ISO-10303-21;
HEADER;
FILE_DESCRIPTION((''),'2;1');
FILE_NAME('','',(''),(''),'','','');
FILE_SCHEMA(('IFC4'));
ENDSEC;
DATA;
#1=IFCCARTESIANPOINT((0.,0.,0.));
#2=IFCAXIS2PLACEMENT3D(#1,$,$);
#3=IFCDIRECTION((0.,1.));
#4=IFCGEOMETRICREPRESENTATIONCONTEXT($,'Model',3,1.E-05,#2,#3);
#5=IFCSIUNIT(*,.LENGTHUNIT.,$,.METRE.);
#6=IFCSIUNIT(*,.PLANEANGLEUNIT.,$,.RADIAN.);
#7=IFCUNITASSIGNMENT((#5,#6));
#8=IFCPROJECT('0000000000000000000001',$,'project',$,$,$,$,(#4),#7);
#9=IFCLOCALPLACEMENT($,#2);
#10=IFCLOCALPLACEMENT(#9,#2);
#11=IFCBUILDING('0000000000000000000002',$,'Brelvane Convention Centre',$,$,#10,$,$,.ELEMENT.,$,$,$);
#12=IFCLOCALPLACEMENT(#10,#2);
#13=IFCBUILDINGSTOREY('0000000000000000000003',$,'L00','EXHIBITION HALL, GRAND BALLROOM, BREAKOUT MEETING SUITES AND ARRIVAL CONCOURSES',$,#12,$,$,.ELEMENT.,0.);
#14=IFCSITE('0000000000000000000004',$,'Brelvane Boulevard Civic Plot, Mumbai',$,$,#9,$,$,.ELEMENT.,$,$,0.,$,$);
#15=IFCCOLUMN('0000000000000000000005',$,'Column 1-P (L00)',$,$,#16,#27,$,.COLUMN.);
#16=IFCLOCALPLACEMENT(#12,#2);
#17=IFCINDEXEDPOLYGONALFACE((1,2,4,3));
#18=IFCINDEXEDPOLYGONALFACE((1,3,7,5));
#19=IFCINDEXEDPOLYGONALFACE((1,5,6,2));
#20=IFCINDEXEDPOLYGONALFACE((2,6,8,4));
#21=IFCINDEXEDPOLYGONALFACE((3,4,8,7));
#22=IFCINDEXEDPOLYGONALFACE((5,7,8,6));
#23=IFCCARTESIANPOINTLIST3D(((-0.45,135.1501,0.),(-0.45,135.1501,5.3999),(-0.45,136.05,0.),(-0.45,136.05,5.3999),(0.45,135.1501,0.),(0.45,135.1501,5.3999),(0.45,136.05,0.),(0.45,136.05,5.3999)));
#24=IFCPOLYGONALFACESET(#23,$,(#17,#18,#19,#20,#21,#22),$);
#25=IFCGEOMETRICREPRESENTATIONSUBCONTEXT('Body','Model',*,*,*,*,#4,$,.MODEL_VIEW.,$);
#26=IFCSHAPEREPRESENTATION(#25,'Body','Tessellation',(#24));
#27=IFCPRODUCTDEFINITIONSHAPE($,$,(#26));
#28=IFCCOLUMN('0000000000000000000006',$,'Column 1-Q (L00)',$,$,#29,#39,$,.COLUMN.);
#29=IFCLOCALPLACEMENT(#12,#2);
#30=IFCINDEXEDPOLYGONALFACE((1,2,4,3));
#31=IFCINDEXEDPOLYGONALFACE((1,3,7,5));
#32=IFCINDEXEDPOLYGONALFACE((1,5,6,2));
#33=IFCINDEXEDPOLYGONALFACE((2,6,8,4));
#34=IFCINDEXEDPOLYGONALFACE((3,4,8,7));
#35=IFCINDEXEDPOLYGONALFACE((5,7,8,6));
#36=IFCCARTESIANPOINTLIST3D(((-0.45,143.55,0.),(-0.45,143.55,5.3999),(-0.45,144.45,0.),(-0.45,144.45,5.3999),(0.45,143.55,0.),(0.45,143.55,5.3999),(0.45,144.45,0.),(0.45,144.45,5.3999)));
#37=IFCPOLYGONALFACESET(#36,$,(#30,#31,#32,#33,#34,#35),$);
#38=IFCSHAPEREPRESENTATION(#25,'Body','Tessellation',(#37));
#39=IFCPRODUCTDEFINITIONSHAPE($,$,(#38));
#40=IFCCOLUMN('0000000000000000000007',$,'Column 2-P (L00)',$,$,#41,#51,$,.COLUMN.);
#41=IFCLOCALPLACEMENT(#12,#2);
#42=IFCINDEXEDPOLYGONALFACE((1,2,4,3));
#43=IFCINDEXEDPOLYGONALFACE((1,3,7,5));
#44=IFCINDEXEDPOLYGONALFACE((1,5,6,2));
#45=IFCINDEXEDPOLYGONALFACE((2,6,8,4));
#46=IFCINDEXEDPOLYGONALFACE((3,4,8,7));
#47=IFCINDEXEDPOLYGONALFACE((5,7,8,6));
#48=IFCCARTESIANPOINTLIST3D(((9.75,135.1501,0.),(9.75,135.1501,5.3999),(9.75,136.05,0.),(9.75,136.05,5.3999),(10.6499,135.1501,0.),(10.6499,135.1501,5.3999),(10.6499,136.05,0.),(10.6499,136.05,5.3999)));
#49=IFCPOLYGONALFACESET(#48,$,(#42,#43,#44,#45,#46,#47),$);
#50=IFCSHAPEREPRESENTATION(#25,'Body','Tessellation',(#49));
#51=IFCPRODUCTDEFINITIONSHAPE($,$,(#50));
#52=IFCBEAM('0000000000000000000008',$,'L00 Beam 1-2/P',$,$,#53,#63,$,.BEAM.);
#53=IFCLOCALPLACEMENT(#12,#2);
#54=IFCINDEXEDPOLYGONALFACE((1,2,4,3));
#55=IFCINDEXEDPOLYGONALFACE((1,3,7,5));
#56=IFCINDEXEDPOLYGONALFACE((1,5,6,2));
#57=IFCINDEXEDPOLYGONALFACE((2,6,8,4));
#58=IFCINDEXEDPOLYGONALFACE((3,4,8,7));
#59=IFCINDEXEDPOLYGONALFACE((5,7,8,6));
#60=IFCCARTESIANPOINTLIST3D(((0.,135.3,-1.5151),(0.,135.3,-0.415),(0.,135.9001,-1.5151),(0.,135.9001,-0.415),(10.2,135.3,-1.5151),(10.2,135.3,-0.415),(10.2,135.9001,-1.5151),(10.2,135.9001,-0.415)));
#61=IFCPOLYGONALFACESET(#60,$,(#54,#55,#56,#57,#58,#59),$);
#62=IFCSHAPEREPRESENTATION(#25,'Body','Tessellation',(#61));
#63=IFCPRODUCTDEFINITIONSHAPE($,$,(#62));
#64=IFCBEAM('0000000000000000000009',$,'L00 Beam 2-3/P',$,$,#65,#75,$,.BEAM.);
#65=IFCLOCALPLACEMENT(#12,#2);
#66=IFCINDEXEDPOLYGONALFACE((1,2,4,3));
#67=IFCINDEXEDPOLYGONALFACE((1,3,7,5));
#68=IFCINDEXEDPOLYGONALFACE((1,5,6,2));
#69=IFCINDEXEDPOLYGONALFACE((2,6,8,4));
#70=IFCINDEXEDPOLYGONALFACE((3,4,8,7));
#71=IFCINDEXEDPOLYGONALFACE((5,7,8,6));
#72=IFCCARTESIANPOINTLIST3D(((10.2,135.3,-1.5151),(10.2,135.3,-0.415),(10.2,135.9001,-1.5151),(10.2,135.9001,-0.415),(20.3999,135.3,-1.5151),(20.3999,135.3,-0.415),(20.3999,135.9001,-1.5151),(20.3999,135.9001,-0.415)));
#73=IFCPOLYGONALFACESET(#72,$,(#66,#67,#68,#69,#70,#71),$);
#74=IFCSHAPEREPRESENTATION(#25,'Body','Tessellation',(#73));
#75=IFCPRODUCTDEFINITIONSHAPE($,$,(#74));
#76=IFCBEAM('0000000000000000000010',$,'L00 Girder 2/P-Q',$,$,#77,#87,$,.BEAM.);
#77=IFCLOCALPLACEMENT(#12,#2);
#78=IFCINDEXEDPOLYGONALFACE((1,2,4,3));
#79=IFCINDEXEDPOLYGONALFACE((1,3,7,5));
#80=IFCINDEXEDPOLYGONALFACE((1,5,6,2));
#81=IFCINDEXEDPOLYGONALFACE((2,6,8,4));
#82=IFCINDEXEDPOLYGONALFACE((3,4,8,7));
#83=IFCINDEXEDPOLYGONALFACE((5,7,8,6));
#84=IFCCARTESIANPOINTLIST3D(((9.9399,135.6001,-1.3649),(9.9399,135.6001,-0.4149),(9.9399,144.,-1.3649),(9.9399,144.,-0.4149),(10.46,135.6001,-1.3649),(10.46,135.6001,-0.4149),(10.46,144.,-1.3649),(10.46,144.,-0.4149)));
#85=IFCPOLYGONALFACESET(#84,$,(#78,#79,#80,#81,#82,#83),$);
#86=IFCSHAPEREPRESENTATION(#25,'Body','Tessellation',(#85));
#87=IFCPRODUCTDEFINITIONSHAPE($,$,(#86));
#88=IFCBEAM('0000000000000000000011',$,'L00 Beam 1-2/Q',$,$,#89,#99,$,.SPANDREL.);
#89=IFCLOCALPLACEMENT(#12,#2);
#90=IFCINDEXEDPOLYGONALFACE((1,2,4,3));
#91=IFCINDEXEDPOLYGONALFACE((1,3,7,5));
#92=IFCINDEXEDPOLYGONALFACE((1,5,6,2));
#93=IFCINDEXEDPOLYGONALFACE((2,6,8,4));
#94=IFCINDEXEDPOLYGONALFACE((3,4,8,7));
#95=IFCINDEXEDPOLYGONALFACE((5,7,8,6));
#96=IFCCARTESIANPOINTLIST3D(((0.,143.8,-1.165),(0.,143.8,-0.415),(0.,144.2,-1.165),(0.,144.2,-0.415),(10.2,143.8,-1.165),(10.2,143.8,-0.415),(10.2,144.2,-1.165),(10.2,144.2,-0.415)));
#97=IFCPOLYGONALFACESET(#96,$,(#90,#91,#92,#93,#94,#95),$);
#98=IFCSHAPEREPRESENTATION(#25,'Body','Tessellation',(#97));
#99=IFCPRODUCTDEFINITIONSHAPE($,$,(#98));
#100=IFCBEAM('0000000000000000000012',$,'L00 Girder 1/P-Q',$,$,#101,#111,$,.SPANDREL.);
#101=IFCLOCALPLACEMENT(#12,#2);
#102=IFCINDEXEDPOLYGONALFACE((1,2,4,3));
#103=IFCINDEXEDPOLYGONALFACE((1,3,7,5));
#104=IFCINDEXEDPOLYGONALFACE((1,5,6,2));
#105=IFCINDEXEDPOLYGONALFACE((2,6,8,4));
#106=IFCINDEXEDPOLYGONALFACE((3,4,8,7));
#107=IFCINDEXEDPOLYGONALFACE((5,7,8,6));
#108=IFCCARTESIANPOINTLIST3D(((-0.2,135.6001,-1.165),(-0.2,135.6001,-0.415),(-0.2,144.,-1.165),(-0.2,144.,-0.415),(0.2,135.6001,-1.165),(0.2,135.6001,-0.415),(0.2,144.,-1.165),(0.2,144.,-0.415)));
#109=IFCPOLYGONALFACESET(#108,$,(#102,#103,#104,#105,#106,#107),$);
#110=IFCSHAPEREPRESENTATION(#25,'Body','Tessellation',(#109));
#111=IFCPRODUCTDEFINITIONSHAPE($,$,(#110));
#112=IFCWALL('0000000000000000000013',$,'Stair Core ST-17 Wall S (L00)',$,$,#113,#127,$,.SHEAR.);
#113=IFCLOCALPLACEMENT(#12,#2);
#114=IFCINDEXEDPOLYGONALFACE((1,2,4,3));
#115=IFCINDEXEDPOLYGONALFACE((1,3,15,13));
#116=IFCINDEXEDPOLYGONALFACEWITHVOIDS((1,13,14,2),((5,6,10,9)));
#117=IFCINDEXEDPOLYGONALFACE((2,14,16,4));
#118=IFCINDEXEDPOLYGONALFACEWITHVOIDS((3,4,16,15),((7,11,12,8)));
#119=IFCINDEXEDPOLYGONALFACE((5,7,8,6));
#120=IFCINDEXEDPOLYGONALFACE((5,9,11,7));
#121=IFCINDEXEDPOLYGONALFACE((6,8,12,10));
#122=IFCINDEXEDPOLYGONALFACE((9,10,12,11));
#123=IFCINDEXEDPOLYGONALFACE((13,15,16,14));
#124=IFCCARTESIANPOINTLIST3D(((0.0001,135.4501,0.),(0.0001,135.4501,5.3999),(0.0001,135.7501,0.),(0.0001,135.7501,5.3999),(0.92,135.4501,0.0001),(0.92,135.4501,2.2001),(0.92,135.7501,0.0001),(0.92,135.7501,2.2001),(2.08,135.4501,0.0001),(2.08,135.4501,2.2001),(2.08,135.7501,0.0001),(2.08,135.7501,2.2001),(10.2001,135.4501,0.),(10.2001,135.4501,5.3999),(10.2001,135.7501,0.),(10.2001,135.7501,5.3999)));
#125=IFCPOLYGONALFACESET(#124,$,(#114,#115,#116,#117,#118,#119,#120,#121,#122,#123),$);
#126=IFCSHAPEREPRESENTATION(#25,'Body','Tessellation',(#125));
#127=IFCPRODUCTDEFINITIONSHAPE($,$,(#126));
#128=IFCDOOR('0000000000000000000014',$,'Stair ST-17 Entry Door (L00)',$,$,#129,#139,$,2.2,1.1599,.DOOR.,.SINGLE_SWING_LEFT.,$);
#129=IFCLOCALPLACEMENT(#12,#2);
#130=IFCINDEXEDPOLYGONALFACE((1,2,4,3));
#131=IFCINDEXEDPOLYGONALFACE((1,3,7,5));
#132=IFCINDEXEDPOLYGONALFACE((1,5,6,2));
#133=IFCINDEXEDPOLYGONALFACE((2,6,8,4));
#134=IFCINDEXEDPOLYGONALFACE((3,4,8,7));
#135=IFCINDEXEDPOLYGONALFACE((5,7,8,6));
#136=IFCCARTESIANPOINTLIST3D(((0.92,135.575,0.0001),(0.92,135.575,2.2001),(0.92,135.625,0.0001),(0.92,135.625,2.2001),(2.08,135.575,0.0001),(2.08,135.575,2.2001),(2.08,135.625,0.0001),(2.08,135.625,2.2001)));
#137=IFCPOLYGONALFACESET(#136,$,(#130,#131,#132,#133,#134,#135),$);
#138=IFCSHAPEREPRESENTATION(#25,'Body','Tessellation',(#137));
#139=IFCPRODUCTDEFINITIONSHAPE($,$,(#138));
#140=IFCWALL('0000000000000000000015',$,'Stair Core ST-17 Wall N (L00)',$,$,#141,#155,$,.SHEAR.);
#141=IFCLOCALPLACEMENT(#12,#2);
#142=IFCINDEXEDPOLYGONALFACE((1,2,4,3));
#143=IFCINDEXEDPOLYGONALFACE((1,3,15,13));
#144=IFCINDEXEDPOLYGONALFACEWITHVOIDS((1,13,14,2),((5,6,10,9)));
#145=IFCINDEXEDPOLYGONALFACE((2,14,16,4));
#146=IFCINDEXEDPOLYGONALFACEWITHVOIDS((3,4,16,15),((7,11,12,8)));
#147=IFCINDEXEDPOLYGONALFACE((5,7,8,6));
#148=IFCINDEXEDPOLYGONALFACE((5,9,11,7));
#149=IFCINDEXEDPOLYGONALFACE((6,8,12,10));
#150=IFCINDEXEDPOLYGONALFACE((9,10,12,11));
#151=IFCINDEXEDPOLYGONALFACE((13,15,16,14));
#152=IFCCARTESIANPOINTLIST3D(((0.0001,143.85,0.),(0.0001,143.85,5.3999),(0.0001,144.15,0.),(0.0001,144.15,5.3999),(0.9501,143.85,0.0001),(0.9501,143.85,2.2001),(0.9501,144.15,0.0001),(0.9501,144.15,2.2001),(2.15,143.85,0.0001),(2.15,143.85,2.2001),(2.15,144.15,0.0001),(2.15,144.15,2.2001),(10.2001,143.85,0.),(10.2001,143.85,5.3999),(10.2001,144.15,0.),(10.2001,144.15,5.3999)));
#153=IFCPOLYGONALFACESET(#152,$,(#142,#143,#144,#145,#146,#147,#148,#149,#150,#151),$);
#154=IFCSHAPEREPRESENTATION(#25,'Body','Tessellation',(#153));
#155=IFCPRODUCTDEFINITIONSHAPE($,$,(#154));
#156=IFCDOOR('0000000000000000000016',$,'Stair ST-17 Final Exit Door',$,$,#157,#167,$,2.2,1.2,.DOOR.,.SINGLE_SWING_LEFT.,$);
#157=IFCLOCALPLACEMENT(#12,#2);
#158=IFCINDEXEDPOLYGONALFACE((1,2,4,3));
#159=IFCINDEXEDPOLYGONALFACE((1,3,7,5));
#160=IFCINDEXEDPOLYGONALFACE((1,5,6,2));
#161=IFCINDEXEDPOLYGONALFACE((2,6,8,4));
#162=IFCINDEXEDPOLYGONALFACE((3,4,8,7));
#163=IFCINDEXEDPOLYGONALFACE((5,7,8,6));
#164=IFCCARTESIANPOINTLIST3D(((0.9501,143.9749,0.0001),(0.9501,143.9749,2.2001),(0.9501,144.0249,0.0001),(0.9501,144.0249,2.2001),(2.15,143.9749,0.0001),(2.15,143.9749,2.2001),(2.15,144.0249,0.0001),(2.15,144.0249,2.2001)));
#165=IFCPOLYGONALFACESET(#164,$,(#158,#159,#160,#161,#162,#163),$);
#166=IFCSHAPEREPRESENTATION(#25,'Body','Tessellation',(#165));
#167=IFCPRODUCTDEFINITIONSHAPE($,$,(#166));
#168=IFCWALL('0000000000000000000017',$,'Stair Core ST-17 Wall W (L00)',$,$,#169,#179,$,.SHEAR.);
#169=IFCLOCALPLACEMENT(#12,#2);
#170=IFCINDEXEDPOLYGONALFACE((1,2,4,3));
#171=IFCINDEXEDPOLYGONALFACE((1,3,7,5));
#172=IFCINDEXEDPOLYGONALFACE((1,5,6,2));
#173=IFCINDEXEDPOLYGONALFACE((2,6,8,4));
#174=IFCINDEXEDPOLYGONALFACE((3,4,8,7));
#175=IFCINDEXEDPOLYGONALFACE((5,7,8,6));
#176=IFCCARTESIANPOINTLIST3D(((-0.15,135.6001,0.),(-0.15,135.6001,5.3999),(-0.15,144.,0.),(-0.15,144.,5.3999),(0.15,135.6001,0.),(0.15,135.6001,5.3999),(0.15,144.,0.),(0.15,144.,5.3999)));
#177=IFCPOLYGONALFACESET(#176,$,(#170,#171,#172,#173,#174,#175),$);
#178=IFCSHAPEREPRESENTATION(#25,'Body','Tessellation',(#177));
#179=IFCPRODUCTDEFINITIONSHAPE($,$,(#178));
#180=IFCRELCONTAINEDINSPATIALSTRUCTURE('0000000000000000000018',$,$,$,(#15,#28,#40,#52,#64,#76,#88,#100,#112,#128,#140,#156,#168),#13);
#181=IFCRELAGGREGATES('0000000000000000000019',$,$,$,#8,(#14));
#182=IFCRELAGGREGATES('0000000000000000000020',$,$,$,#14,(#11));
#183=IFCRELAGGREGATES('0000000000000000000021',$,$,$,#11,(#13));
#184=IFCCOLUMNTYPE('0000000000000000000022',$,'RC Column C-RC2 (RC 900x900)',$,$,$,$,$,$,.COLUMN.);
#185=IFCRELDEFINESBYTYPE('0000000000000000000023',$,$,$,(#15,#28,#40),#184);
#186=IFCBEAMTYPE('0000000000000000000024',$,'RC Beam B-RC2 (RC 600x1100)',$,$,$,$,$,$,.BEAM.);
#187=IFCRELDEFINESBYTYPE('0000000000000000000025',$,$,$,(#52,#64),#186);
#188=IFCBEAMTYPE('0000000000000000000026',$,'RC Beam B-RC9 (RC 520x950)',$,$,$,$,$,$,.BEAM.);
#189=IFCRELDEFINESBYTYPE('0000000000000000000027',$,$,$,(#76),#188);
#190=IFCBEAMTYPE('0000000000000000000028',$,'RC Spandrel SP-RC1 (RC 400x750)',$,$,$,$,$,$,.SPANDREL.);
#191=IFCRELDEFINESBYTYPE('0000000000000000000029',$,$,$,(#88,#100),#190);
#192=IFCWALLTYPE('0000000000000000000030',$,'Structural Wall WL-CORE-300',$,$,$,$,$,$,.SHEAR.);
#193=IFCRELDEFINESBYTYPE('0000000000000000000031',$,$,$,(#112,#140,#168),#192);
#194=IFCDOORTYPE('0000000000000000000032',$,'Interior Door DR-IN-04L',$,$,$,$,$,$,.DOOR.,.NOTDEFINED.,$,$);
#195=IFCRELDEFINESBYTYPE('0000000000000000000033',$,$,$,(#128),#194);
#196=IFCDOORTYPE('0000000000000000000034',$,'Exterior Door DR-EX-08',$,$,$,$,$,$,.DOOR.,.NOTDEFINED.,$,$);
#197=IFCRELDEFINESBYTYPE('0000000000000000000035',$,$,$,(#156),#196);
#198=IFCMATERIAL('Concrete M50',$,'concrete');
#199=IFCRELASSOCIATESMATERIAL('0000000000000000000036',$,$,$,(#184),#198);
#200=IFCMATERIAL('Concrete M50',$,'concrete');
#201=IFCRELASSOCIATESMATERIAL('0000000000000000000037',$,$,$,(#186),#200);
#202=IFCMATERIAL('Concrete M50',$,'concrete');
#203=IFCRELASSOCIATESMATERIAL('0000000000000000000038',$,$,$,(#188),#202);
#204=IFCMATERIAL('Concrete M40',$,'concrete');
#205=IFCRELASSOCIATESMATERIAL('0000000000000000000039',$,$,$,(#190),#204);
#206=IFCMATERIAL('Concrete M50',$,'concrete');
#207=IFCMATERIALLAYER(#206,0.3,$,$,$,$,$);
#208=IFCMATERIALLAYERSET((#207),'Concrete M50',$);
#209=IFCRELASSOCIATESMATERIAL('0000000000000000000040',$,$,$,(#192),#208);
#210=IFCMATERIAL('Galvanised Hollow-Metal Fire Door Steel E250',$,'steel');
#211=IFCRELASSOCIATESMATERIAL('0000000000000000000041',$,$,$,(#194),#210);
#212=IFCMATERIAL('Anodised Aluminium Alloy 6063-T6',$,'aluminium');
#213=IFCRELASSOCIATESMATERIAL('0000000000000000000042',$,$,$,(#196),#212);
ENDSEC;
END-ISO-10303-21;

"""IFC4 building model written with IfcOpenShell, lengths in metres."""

from ifc_helpers import new_model, si_unit, direction, frame, frame_2d, origin, origin_2d, place, context, subcontext, project, spatial, rectangle, extrude, material, layer, layer_set, material_profile, profile_set, type_object, element, fill, save


model = new_model("IFC4")

# Units and contexts
model_context = context("Model", 3, precision=1e-05, world=origin(), true_north=direction((0.0, 1.0)))
body_context = subcontext(model_context, "Body", "Model", "MODEL_VIEW")
ifc_project = project(units=[si_unit("LENGTHUNIT", "METRE"), si_unit("PLANEANGLEUNIT", "RADIAN")], contexts=[model_context])

# Site, building, storey
site_placement = place(None, origin())
site = spatial("IfcSite", under=ifc_project, at=site_placement, Name="Brelvane Boulevard Civic Plot, Mumbai", CompositionType="ELEMENT", RefElevation=0.0)
building_placement = place(site_placement, origin())
building = spatial("IfcBuilding", under=site, at=building_placement, Name="Brelvane Convention Centre", CompositionType="ELEMENT")
storey_placement = place(building_placement, origin())
storey = spatial("IfcBuildingStorey", under=building, at=storey_placement, Name="L00", Description="EXHIBITION HALL, GRAND BALLROOM, BREAKOUT MEETING SUITES AND ARRIVAL CONCOURSES", CompositionType="ELEMENT", Elevation=0.0)

# Columns
ifc_material_1 = material(Name="Concrete M50", Category="concrete")
ifc_material_profile_1 = material_profile(ifc_material_1, rectangle(XDim=0.8999, YDim=0.8999, at=origin_2d()), Name="RC 900x900")
ifc_profile_set_1 = profile_set([ifc_material_profile_1], Name="Concrete M50")
column_type = type_object("IfcColumnType", Name="RC Column C-RC2 (RC 900x900)", PredefinedType="COLUMN", material=ifc_profile_set_1)
for number, where, z_axis, x_axis, name in (
    (1, (0.0, 135.6001, 0.0), (0.0, 0.0, 1.0), (1.0, 0.0, 0.0), "Column 1-P (L00)"),
    (2, (0.0, 144.0, 0.0), (0.0, 0.0, 1.0), (1.0, 0.0, 0.0), "Column 1-Q (L00)"),
    (3, (10.2, 135.6001, 0.0), (0.0, 0.0, 1.0), (1.0, 0.0, 0.0), "Column 2-P (L00)"),
):
    element("IfcColumn", number, at=place(storey_placement, frame(where, z_axis=z_axis, x_axis=x_axis)), inside=storey, type_object=column_type, Name=name, PredefinedType="COLUMN", context=body_context, shape_type="SweptSolid", body=[
        extrude(rectangle(XDim=0.8999, YDim=0.8999, at=origin_2d()), origin(), (0.0, 0.0, 1.0), 5.3999),
    ])

# Beams
ifc_material_2 = material(Name="Concrete M50", Category="concrete")
ifc_material_profile_2 = material_profile(ifc_material_2, rectangle(XDim=0.6001, YDim=1.1001, at=origin_2d()), Name="RC 600x1100")
ifc_profile_set_2 = profile_set([ifc_material_profile_2], Name="Concrete M50")
beam_type_1 = type_object("IfcBeamType", Name="RC Beam B-RC2 (RC 600x1100)", PredefinedType="BEAM", material=ifc_profile_set_2)
for number, where, z_axis, x_axis, name in (
    (4, (0.0, 135.6001, -0.9651), (1.0, 0.0, 0.0), (0.0, 1.0, 0.0), "L00 Beam 1-2/P"),
    (5, (10.2, 135.6001, -0.9651), (1.0, 0.0, 0.0), (0.0, 1.0, 0.0), "L00 Beam 2-3/P"),
):
    element("IfcBeam", number, at=place(storey_placement, frame(where, z_axis=z_axis, x_axis=x_axis)), inside=storey, type_object=beam_type_1, Name=name, PredefinedType="BEAM", context=body_context, shape_type="SweptSolid", body=[
        extrude(rectangle(XDim=0.6001, YDim=1.1001, at=origin_2d()), origin(), (0.0, 0.0, 1.0), 10.2),
    ])
ifc_material_3 = material(Name="Concrete M50", Category="concrete")
ifc_material_profile_3 = material_profile(ifc_material_3, rectangle(XDim=0.52, YDim=0.95, at=origin_2d()), Name="RC 520x950")
ifc_profile_set_3 = profile_set([ifc_material_profile_3], Name="Concrete M50")
beam_type_2 = type_object("IfcBeamType", Name="RC Beam B-RC9 (RC 520x950)", PredefinedType="BEAM", material=ifc_profile_set_3)
beam_1_placement = place(storey_placement, frame((10.2, 135.6001, -0.8899), z_axis=(0.0, 1.0, 0.0), x_axis=(-1.0, 0.0, 0.0)))
element("IfcBeam", 6, at=beam_1_placement, inside=storey, type_object=beam_type_2, Name="L00 Girder 2/P-Q", PredefinedType="BEAM", context=body_context, shape_type="SweptSolid", body=[
    extrude(rectangle(XDim=0.52, YDim=0.95, at=origin_2d()), origin(), (0.0, 0.0, 1.0), 8.3999),
])
ifc_material_4 = material(Name="Concrete M40", Category="concrete")
ifc_material_profile_4 = material_profile(ifc_material_4, rectangle(XDim=0.3999, YDim=0.75, at=origin_2d()), Name="RC 400x750")
ifc_profile_set_4 = profile_set([ifc_material_profile_4], Name="Concrete M40")
beam_type_3 = type_object("IfcBeamType", Name="RC Spandrel SP-RC1 (RC 400x750)", PredefinedType="SPANDREL", material=ifc_profile_set_4)
beam_2_placement = place(storey_placement, frame((0.0, 144.0, -0.79), z_axis=(1.0, 0.0, 0.0), x_axis=(0.0, 1.0, 0.0)))
element("IfcBeam", 7, at=beam_2_placement, inside=storey, type_object=beam_type_3, Name="L00 Beam 1-2/Q", PredefinedType="SPANDREL", context=body_context, shape_type="SweptSolid", body=[
    extrude(rectangle(XDim=0.3999, YDim=0.75, at=origin_2d()), origin(), (0.0, 0.0, 1.0), 10.2),
])
beam_3_placement = place(storey_placement, frame((0.0, 135.6001, -0.79), z_axis=(0.0, 1.0, 0.0), x_axis=(-1.0, 0.0, 0.0)))
element("IfcBeam", 8, at=beam_3_placement, inside=storey, type_object=beam_type_3, Name="L00 Girder 1/P-Q", PredefinedType="SPANDREL", context=body_context, shape_type="SweptSolid", body=[
    extrude(rectangle(XDim=0.3999, YDim=0.75, at=origin_2d()), origin(), (0.0, 0.0, 1.0), 8.3999),
])

# Walls, openings, doors
ifc_material_5 = material(Name="Concrete M50", Category="concrete")
ifc_layer = layer(ifc_material_5, 0.3)
ifc_layer_set = layer_set([ifc_layer], Name="Concrete M50")
wall_type = type_object("IfcWallType", Name="Structural Wall WL-CORE-300", PredefinedType="SHEAR", material=ifc_layer_set)
wall_1_placement = place(storey_placement, frame((0.0, 135.6001, 0.0), z_axis=(0.0, 0.0, 1.0), x_axis=(1.0, 0.0, 0.0)))
wall_1 = element("IfcWall", 9, at=wall_1_placement, inside=storey, type_object=wall_type, Name="Stair Core ST-17 Wall S (L00)", PredefinedType="SHEAR", context=body_context, shape_type="SweptSolid", body=[
    extrude(rectangle(XDim=10.2, YDim=0.3, at=frame_2d((5.1001, 0.0))), origin(), (0.0, 0.0, 1.0), 5.3999),
])
opening_1_placement = place(wall_1_placement, frame((0.9199, 0.0, 0.0)))
opening_1 = element("IfcOpeningElement", 10, at=opening_1_placement, cuts=wall_1, PredefinedType="OPENING", context=body_context, shape_type="SweptSolid", body=[
    extrude(rectangle(XDim=1.1599, YDim=2.2, at=frame_2d((0.5801, 1.1001))), frame((0.0, 0.1599, 0.0), z_axis=(0.0, -1.0, 0.0), x_axis=(1.0, 0.0, 0.0)), (0.0, 0.0, 1.0), 0.3201),
])
ifc_material_6 = material(Name="Galvanised Hollow-Metal Fire Door Steel E250", Category="steel")
door_type_1 = type_object("IfcDoorType", Name="Interior Door DR-IN-04L", OperationType="NOTDEFINED", PredefinedType="DOOR", material=ifc_material_6)
door_1_placement = place(opening_1_placement, origin())
door_1 = element("IfcDoor", 11, at=door_1_placement, inside=storey, type_object=door_type_1, Name="Stair ST-17 Entry Door (L00)", OperationType="SINGLE_SWING_LEFT", OverallHeight=2.2, OverallWidth=1.1599, PredefinedType="DOOR", context=body_context, shape_type="SweptSolid", body=[
    extrude(rectangle(XDim=1.1599, YDim=2.2, at=frame_2d((0.5801, 1.1001))), frame((0.0, 0.0249, 0.0), z_axis=(0.0, -1.0, 0.0), x_axis=(1.0, 0.0, 0.0)), (0.0, 0.0, 1.0), 0.05),
])
fill(opening_1, door_1)
wall_2_placement = place(storey_placement, frame((0.0, 144.0, 0.0), z_axis=(0.0, 0.0, 1.0), x_axis=(1.0, 0.0, 0.0)))
wall_2 = element("IfcWall", 12, at=wall_2_placement, inside=storey, type_object=wall_type, Name="Stair Core ST-17 Wall N (L00)", PredefinedType="SHEAR", context=body_context, shape_type="SweptSolid", body=[
    extrude(rectangle(XDim=10.2, YDim=0.3, at=frame_2d((5.1001, 0.0))), origin(), (0.0, 0.0, 1.0), 5.3999),
])
opening_2_placement = place(wall_2_placement, frame((0.95, 0.0, 0.0)))
opening_2 = element("IfcOpeningElement", 13, at=opening_2_placement, cuts=wall_2, PredefinedType="OPENING", context=body_context, shape_type="SweptSolid", body=[
    extrude(rectangle(XDim=1.2, YDim=2.2, at=frame_2d((0.6001, 1.1001))), frame((0.0, 0.1599, 0.0), z_axis=(0.0, -1.0, 0.0), x_axis=(1.0, 0.0, 0.0)), (0.0, 0.0, 1.0), 0.3201),
])
ifc_material_7 = material(Name="Anodised Aluminium Alloy 6063-T6", Category="aluminium")
door_type_2 = type_object("IfcDoorType", Name="Exterior Door DR-EX-08", OperationType="NOTDEFINED", PredefinedType="DOOR", material=ifc_material_7)
door_2_placement = place(opening_2_placement, origin())
door_2 = element("IfcDoor", 14, at=door_2_placement, inside=storey, type_object=door_type_2, Name="Stair ST-17 Final Exit Door", OperationType="SINGLE_SWING_LEFT", OverallHeight=2.2, OverallWidth=1.2, PredefinedType="DOOR", context=body_context, shape_type="SweptSolid", body=[
    extrude(rectangle(XDim=1.2, YDim=2.2, at=frame_2d((0.6001, 1.1001))), frame((0.0, 0.0249, 0.0), z_axis=(0.0, -1.0, 0.0), x_axis=(1.0, 0.0, 0.0)), (0.0, 0.0, 1.0), 0.05),
])
fill(opening_2, door_2)

# Wall
for number, where, z_axis, x_axis, name in (
    (15, (0.0, 135.6001, 0.0), (0.0, 0.0, 1.0), (0.0, 1.0, 0.0), "Stair Core ST-17 Wall W (L00)"),
):
    element("IfcWall", number, at=place(storey_placement, frame(where, z_axis=z_axis, x_axis=x_axis)), inside=storey, type_object=wall_type, Name=name, PredefinedType="SHEAR", context=body_context, shape_type="SweptSolid", body=[
        extrude(rectangle(XDim=8.3999, YDim=0.3, at=frame_2d((4.2, 0.0))), origin(), (0.0, 0.0, 1.0), 5.3999),
    ])

save(model, "model.ifc")
